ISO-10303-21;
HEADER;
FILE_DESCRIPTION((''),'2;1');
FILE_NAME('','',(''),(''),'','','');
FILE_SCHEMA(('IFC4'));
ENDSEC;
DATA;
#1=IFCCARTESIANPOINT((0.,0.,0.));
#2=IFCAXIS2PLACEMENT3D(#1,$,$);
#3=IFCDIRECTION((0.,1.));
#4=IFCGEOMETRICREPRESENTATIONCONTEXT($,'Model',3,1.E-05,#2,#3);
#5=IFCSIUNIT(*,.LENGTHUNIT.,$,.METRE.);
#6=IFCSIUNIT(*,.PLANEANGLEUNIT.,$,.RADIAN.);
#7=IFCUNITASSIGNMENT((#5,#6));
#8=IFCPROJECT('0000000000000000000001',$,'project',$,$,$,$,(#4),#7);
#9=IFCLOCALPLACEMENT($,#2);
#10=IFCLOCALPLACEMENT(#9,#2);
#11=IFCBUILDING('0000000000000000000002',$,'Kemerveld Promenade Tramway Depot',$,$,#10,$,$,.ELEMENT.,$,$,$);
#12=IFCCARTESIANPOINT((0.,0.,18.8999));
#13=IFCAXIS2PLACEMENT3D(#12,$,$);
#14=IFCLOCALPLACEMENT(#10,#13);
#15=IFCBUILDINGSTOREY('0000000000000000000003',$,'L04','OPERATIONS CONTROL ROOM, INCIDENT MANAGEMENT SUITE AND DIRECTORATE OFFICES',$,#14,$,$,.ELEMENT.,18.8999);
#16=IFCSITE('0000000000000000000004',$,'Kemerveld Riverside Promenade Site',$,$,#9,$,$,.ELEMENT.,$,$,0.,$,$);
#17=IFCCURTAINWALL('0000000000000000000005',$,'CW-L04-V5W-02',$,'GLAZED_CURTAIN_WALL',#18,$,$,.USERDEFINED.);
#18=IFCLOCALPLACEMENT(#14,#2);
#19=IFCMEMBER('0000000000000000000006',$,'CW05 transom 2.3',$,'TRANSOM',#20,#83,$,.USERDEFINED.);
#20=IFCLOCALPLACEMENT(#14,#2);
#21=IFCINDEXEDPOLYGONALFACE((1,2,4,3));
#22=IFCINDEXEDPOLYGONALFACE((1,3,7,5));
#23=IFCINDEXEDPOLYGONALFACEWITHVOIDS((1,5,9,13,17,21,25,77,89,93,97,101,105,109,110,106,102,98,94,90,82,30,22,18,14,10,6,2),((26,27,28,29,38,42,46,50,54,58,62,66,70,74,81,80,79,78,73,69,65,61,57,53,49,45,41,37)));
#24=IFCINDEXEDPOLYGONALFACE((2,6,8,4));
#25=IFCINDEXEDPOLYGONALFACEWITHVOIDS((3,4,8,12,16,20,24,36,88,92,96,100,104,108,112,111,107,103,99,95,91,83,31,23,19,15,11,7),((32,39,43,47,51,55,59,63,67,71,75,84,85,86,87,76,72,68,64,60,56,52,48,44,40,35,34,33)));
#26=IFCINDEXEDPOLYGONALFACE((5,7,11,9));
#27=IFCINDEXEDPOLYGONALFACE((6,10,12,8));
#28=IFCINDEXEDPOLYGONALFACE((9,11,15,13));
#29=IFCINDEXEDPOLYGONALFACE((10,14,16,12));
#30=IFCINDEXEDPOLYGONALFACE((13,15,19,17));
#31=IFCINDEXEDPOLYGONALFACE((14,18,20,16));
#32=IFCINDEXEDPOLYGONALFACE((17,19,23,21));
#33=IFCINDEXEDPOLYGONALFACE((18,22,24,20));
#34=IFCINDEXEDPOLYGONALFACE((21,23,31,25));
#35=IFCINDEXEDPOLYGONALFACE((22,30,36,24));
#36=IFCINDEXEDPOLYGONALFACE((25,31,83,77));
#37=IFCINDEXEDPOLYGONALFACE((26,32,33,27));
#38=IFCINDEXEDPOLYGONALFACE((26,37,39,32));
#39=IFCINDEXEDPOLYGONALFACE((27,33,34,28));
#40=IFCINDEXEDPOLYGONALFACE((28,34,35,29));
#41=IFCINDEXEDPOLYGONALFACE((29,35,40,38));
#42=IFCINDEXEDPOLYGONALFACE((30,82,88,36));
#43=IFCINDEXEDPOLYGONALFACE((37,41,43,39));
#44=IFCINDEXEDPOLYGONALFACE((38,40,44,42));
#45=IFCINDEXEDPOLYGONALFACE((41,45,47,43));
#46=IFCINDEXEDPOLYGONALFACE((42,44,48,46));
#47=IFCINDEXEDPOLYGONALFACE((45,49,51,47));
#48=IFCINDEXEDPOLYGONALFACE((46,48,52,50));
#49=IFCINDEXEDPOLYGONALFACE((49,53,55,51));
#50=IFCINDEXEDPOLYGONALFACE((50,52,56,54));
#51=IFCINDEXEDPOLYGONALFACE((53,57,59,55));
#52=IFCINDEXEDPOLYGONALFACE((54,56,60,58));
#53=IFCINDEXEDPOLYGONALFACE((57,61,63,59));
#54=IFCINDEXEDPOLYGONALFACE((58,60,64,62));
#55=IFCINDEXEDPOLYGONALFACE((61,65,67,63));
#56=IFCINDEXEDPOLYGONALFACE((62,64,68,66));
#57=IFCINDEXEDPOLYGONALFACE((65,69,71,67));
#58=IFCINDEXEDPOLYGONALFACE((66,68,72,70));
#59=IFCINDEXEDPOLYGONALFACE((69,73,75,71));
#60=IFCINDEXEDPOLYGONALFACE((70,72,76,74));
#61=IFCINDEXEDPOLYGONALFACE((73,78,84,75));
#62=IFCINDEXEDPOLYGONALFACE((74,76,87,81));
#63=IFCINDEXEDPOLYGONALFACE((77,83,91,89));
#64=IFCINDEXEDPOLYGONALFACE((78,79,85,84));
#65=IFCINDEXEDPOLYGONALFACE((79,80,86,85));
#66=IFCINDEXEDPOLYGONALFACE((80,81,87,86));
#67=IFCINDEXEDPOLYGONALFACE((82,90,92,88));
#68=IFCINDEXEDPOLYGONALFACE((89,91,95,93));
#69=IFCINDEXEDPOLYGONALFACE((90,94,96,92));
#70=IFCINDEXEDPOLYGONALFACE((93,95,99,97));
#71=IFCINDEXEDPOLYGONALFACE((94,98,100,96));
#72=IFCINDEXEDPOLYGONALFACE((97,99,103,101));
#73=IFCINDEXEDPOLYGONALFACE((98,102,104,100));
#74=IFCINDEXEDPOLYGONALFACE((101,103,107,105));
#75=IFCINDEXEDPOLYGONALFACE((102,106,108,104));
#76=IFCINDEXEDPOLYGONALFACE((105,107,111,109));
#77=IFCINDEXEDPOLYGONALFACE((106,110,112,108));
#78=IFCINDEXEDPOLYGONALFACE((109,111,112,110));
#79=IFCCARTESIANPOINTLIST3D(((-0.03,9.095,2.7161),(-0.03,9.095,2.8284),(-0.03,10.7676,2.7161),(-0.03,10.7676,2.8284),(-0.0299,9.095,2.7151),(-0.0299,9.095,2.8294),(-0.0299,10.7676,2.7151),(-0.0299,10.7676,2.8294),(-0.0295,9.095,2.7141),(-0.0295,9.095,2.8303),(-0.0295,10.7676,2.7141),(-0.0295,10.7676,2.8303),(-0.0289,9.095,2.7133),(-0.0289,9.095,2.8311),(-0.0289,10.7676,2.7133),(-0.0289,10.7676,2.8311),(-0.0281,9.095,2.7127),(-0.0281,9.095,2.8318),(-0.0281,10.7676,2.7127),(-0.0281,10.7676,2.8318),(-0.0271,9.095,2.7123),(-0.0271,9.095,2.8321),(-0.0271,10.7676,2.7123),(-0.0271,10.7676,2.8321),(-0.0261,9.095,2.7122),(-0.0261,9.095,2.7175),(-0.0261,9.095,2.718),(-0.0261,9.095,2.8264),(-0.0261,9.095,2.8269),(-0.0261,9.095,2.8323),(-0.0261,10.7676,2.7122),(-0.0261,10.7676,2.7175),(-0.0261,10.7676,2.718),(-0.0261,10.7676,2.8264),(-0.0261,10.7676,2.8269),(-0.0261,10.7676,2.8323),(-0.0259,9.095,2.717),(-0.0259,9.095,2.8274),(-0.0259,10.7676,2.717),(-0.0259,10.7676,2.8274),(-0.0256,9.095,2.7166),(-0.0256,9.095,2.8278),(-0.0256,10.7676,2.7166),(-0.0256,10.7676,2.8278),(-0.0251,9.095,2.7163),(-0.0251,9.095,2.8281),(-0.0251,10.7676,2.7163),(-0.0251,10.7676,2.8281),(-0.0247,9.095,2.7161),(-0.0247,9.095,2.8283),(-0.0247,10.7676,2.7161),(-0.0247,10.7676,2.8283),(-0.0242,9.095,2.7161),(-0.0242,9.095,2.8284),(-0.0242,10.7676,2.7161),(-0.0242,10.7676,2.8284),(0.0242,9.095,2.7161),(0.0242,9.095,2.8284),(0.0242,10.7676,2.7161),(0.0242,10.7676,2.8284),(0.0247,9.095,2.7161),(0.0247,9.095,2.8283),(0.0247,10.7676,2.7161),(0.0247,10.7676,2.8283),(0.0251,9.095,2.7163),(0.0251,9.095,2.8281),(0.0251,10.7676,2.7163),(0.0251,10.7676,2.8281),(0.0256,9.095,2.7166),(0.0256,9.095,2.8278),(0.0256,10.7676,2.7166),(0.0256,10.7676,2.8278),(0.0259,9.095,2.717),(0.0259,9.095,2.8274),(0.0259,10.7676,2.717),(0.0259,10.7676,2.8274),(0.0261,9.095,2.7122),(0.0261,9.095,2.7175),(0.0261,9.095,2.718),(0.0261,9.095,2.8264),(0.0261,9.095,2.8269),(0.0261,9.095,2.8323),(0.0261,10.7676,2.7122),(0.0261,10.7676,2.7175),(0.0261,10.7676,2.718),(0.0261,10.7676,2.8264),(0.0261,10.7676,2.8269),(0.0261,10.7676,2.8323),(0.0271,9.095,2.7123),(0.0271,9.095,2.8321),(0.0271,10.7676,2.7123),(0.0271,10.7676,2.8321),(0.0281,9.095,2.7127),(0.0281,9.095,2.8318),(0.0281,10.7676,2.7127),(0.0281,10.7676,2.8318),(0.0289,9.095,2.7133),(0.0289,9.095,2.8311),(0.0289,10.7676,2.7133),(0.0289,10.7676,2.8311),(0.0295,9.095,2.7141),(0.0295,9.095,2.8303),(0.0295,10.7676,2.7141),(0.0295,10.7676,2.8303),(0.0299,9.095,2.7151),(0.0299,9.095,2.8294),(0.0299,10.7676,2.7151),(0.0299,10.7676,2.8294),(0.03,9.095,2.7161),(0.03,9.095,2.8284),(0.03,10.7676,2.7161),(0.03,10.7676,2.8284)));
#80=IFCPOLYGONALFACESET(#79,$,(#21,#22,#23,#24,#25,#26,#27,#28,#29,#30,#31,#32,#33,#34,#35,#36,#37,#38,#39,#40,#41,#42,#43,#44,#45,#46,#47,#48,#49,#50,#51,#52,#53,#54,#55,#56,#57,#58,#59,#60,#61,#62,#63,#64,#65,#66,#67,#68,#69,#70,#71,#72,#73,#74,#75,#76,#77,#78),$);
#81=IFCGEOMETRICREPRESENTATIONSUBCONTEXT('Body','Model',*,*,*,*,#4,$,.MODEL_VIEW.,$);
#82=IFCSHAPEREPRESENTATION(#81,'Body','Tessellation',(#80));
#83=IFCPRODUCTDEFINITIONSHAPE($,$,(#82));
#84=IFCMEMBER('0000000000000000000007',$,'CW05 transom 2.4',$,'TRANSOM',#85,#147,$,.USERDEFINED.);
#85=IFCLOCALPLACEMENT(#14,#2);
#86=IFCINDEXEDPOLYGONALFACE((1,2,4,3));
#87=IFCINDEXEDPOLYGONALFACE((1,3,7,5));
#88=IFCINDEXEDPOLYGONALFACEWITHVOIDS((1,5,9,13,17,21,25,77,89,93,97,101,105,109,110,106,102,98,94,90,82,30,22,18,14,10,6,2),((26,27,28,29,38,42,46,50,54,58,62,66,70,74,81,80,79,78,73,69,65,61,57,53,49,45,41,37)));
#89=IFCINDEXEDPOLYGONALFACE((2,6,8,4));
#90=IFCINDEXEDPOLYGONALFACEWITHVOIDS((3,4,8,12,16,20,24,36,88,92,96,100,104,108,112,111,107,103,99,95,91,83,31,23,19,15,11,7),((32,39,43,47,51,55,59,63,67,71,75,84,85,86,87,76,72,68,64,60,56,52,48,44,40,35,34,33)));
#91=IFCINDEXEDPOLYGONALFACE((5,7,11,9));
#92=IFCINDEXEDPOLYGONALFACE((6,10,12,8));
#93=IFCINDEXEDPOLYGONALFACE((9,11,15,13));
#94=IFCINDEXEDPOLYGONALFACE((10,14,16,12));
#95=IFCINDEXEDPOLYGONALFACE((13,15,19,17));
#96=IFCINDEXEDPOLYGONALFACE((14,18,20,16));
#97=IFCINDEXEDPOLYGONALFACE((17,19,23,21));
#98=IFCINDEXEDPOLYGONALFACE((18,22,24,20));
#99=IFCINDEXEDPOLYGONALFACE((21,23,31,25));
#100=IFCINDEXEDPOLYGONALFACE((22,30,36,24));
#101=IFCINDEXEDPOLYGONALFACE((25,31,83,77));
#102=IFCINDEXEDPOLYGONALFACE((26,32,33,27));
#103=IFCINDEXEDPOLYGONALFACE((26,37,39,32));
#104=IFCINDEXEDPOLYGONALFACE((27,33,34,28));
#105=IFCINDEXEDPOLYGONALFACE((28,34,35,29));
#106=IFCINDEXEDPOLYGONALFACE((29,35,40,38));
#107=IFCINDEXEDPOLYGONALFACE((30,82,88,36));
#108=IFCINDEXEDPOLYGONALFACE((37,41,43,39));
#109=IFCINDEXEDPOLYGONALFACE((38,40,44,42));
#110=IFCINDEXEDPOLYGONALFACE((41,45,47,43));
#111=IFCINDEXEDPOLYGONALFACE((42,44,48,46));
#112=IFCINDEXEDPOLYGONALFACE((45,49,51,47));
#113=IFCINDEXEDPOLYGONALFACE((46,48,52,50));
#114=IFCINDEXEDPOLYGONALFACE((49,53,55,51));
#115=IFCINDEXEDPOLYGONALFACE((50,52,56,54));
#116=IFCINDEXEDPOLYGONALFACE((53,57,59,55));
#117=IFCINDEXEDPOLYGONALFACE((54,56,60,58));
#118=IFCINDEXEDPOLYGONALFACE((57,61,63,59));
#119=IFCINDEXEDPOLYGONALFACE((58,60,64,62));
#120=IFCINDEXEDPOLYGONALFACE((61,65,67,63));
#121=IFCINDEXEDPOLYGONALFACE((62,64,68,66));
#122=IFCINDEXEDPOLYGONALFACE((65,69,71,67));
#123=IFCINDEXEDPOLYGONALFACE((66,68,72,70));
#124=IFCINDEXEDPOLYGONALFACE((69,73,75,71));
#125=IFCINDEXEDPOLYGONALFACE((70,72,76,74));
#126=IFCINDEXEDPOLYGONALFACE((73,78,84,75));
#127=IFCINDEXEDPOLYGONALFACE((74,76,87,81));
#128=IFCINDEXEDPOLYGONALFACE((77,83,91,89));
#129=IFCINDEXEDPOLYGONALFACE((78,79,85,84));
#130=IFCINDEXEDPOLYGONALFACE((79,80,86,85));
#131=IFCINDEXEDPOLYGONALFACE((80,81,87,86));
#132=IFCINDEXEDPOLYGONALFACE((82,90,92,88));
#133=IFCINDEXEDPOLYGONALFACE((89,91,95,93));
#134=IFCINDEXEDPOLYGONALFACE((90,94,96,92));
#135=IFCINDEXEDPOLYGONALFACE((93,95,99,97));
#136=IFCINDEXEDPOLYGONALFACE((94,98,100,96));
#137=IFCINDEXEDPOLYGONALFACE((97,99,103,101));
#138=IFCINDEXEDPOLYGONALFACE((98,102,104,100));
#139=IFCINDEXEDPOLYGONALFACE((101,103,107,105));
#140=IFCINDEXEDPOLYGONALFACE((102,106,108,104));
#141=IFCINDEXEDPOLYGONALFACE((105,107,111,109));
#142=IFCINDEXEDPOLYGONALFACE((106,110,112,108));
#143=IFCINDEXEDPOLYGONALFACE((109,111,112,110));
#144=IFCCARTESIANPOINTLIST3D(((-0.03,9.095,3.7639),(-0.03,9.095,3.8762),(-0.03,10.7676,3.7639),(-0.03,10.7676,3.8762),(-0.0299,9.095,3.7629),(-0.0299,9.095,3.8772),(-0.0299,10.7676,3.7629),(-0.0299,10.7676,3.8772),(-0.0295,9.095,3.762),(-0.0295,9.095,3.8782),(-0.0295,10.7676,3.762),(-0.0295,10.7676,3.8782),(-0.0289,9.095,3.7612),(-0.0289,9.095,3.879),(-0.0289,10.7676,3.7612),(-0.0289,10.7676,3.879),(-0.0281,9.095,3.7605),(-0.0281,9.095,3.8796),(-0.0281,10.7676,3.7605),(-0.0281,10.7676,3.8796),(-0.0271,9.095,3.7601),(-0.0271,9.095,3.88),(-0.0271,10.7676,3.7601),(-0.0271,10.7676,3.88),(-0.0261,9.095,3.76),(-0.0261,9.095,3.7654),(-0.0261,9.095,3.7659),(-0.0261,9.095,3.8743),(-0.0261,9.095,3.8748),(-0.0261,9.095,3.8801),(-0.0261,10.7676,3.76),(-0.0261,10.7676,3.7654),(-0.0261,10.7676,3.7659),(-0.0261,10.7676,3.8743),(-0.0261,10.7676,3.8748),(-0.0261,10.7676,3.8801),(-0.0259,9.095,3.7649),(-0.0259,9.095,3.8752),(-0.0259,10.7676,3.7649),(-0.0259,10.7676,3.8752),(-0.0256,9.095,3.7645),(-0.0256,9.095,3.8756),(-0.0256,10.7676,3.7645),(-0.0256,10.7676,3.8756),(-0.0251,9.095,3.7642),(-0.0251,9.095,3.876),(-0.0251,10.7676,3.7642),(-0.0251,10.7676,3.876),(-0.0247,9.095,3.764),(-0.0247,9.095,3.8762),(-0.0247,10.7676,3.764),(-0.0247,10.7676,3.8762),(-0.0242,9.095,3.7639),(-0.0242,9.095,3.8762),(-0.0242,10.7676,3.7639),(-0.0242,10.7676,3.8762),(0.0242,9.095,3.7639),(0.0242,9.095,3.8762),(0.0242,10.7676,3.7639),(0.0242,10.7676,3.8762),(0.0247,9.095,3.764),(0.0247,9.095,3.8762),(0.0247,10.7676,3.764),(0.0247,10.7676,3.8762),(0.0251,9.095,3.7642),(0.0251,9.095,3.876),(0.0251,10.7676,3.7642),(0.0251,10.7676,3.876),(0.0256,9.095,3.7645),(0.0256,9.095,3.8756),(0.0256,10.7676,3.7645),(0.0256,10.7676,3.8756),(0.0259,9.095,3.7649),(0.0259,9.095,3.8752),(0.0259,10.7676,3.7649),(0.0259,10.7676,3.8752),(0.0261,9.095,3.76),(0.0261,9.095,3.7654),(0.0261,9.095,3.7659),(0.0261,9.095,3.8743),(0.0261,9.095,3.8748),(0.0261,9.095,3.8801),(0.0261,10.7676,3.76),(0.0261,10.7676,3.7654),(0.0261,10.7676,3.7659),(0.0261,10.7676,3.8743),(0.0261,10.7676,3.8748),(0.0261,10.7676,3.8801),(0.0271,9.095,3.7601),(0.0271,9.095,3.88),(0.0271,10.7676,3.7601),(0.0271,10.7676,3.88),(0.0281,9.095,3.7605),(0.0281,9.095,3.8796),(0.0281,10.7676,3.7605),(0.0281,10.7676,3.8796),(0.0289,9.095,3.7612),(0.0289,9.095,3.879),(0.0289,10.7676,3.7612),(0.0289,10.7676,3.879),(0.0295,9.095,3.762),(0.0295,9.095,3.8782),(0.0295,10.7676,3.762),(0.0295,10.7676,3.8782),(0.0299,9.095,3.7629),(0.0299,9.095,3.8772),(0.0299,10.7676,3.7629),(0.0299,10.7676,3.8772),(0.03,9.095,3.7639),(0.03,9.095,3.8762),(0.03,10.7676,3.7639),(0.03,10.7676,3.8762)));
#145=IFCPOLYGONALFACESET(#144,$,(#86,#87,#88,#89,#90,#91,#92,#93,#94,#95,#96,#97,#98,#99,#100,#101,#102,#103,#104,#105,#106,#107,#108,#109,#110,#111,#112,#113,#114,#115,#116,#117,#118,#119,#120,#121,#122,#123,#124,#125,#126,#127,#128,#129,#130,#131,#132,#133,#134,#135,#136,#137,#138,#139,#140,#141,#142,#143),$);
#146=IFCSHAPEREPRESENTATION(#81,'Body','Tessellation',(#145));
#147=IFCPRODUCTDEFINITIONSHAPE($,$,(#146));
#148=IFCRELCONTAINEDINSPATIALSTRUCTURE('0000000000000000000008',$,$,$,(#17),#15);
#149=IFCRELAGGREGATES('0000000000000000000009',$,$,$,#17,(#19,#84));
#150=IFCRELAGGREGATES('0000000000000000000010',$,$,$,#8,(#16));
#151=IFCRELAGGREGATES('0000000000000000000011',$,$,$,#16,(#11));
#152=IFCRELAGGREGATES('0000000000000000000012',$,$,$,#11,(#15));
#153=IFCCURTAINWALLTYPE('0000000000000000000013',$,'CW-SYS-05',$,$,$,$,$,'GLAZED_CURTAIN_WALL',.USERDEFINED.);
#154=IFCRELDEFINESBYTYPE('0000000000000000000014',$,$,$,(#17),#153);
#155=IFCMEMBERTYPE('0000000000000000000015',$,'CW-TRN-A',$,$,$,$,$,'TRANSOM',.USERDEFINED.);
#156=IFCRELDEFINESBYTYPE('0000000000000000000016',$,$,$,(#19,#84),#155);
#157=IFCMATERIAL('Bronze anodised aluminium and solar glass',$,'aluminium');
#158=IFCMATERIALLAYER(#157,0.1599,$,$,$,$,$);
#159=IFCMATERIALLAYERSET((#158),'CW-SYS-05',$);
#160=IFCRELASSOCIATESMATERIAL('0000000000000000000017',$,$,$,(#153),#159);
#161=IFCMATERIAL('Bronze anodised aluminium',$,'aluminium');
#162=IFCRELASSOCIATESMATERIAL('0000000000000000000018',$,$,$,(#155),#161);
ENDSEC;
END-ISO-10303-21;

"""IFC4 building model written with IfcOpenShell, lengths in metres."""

from ifc_helpers import new_model, si_unit, direction, frame, origin, origin_2d, place, context, subcontext, project, spatial, hollow_rectangle, extrude, material, layer, layer_set, material_profile, profile_set, type_object, element, aggregate, save


model = new_model("IFC4")

# Units and contexts
model_context = context("Model", 3, precision=1e-05, world=origin(), true_north=direction((0.0, 1.0)))
body_context = subcontext(model_context, "Body", "Model", "MODEL_VIEW")
ifc_project = project(units=[si_unit("LENGTHUNIT", "METRE"), si_unit("PLANEANGLEUNIT", "RADIAN")], contexts=[model_context])

# Site, building, storey
site_placement = place(None, origin())
site = spatial("IfcSite", under=ifc_project, at=site_placement, Name="Kemerveld Riverside Promenade Site", CompositionType="ELEMENT", RefElevation=0.0)
building_placement = place(site_placement, origin())
building = spatial("IfcBuilding", under=site, at=building_placement, Name="Kemerveld Promenade Tramway Depot", CompositionType="ELEMENT")
storey_placement = place(building_placement, frame((0.0, 0.0, 18.8999)))
storey = spatial("IfcBuildingStorey", under=building, at=storey_placement, Name="L04", Description="OPERATIONS CONTROL ROOM, INCIDENT MANAGEMENT SUITE AND DIRECTORATE OFFICES", CompositionType="ELEMENT", Elevation=18.8999)

# Curtain wall, members
ifc_material_1 = material(Name="Bronze anodised aluminium and solar glass", Category="aluminium")
ifc_layer_1 = layer(ifc_material_1, 0.1599)
ifc_layer_set_1 = layer_set([ifc_layer_1], Name="CW-SYS-05")
curtain_wall_type = type_object("IfcCurtainWallType", Name="CW-SYS-05", ElementType="GLAZED_CURTAIN_WALL", PredefinedType="USERDEFINED", material=ifc_layer_set_1)
curtain_wall_placement = place(storey_placement, origin())
curtain_wall = element("IfcCurtainWall", 1, at=curtain_wall_placement, inside=storey, type_object=curtain_wall_type, Name="CW-L04-V5W-02", ObjectType="GLAZED_CURTAIN_WALL", PredefinedType="USERDEFINED")
ifc_material_2 = material(Name="Bronze anodised aluminium", Category="aluminium")
ifc_material_profile_1 = material_profile(ifc_material_2, hollow_rectangle(XDim=0.0601, YDim=0.1201, WallThickness=0.0039, InnerFilletRadius=0.002, OuterFilletRadius=0.0039, at=origin_2d()), Name="CW-TRN-120x60")
ifc_profile_set_1 = profile_set([ifc_material_profile_1], Name="Bronze anodised aluminium")
member_type_1 = type_object("IfcMemberType", Name="CW-TRN-A", ElementType="TRANSOM", PredefinedType="USERDEFINED", material=ifc_profile_set_1)
member_1_placement = place(storey_placement, frame((0.0, 9.095, 2.7722), z_axis=(0.0, 1.0, 0.0), x_axis=(-1.0, 0.0, 0.0)))
member_1 = element("IfcMember", 2, at=member_1_placement, type_object=member_type_1, Name="CW05 transom 2.3", ObjectType="TRANSOM", PredefinedType="USERDEFINED", context=body_context, shape_type="SweptSolid", body=[
    extrude(hollow_rectangle(XDim=0.0601, YDim=0.1201, WallThickness=0.0039, InnerFilletRadius=0.002, OuterFilletRadius=0.0039, at=origin_2d()), origin(), (0.0, 0.0, 1.0), 1.6726),
])
member_2_placement = place(storey_placement, frame((0.0, 9.095, 3.8201), z_axis=(0.0, 1.0, 0.0), x_axis=(-1.0, 0.0, 0.0)))
member_2 = element("IfcMember", 3, at=member_2_placement, type_object=member_type_1, Name="CW05 transom 2.4", ObjectType="TRANSOM", PredefinedType="USERDEFINED", context=body_context, shape_type="SweptSolid", body=[
    extrude(hollow_rectangle(XDim=0.0601, YDim=0.1201, WallThickness=0.0039, InnerFilletRadius=0.002, OuterFilletRadius=0.0039, at=origin_2d()), origin(), (0.0, 0.0, 1.0), 1.6726),
])
aggregate(curtain_wall, [member_1, member_2])

save(model, "model.ifc")
